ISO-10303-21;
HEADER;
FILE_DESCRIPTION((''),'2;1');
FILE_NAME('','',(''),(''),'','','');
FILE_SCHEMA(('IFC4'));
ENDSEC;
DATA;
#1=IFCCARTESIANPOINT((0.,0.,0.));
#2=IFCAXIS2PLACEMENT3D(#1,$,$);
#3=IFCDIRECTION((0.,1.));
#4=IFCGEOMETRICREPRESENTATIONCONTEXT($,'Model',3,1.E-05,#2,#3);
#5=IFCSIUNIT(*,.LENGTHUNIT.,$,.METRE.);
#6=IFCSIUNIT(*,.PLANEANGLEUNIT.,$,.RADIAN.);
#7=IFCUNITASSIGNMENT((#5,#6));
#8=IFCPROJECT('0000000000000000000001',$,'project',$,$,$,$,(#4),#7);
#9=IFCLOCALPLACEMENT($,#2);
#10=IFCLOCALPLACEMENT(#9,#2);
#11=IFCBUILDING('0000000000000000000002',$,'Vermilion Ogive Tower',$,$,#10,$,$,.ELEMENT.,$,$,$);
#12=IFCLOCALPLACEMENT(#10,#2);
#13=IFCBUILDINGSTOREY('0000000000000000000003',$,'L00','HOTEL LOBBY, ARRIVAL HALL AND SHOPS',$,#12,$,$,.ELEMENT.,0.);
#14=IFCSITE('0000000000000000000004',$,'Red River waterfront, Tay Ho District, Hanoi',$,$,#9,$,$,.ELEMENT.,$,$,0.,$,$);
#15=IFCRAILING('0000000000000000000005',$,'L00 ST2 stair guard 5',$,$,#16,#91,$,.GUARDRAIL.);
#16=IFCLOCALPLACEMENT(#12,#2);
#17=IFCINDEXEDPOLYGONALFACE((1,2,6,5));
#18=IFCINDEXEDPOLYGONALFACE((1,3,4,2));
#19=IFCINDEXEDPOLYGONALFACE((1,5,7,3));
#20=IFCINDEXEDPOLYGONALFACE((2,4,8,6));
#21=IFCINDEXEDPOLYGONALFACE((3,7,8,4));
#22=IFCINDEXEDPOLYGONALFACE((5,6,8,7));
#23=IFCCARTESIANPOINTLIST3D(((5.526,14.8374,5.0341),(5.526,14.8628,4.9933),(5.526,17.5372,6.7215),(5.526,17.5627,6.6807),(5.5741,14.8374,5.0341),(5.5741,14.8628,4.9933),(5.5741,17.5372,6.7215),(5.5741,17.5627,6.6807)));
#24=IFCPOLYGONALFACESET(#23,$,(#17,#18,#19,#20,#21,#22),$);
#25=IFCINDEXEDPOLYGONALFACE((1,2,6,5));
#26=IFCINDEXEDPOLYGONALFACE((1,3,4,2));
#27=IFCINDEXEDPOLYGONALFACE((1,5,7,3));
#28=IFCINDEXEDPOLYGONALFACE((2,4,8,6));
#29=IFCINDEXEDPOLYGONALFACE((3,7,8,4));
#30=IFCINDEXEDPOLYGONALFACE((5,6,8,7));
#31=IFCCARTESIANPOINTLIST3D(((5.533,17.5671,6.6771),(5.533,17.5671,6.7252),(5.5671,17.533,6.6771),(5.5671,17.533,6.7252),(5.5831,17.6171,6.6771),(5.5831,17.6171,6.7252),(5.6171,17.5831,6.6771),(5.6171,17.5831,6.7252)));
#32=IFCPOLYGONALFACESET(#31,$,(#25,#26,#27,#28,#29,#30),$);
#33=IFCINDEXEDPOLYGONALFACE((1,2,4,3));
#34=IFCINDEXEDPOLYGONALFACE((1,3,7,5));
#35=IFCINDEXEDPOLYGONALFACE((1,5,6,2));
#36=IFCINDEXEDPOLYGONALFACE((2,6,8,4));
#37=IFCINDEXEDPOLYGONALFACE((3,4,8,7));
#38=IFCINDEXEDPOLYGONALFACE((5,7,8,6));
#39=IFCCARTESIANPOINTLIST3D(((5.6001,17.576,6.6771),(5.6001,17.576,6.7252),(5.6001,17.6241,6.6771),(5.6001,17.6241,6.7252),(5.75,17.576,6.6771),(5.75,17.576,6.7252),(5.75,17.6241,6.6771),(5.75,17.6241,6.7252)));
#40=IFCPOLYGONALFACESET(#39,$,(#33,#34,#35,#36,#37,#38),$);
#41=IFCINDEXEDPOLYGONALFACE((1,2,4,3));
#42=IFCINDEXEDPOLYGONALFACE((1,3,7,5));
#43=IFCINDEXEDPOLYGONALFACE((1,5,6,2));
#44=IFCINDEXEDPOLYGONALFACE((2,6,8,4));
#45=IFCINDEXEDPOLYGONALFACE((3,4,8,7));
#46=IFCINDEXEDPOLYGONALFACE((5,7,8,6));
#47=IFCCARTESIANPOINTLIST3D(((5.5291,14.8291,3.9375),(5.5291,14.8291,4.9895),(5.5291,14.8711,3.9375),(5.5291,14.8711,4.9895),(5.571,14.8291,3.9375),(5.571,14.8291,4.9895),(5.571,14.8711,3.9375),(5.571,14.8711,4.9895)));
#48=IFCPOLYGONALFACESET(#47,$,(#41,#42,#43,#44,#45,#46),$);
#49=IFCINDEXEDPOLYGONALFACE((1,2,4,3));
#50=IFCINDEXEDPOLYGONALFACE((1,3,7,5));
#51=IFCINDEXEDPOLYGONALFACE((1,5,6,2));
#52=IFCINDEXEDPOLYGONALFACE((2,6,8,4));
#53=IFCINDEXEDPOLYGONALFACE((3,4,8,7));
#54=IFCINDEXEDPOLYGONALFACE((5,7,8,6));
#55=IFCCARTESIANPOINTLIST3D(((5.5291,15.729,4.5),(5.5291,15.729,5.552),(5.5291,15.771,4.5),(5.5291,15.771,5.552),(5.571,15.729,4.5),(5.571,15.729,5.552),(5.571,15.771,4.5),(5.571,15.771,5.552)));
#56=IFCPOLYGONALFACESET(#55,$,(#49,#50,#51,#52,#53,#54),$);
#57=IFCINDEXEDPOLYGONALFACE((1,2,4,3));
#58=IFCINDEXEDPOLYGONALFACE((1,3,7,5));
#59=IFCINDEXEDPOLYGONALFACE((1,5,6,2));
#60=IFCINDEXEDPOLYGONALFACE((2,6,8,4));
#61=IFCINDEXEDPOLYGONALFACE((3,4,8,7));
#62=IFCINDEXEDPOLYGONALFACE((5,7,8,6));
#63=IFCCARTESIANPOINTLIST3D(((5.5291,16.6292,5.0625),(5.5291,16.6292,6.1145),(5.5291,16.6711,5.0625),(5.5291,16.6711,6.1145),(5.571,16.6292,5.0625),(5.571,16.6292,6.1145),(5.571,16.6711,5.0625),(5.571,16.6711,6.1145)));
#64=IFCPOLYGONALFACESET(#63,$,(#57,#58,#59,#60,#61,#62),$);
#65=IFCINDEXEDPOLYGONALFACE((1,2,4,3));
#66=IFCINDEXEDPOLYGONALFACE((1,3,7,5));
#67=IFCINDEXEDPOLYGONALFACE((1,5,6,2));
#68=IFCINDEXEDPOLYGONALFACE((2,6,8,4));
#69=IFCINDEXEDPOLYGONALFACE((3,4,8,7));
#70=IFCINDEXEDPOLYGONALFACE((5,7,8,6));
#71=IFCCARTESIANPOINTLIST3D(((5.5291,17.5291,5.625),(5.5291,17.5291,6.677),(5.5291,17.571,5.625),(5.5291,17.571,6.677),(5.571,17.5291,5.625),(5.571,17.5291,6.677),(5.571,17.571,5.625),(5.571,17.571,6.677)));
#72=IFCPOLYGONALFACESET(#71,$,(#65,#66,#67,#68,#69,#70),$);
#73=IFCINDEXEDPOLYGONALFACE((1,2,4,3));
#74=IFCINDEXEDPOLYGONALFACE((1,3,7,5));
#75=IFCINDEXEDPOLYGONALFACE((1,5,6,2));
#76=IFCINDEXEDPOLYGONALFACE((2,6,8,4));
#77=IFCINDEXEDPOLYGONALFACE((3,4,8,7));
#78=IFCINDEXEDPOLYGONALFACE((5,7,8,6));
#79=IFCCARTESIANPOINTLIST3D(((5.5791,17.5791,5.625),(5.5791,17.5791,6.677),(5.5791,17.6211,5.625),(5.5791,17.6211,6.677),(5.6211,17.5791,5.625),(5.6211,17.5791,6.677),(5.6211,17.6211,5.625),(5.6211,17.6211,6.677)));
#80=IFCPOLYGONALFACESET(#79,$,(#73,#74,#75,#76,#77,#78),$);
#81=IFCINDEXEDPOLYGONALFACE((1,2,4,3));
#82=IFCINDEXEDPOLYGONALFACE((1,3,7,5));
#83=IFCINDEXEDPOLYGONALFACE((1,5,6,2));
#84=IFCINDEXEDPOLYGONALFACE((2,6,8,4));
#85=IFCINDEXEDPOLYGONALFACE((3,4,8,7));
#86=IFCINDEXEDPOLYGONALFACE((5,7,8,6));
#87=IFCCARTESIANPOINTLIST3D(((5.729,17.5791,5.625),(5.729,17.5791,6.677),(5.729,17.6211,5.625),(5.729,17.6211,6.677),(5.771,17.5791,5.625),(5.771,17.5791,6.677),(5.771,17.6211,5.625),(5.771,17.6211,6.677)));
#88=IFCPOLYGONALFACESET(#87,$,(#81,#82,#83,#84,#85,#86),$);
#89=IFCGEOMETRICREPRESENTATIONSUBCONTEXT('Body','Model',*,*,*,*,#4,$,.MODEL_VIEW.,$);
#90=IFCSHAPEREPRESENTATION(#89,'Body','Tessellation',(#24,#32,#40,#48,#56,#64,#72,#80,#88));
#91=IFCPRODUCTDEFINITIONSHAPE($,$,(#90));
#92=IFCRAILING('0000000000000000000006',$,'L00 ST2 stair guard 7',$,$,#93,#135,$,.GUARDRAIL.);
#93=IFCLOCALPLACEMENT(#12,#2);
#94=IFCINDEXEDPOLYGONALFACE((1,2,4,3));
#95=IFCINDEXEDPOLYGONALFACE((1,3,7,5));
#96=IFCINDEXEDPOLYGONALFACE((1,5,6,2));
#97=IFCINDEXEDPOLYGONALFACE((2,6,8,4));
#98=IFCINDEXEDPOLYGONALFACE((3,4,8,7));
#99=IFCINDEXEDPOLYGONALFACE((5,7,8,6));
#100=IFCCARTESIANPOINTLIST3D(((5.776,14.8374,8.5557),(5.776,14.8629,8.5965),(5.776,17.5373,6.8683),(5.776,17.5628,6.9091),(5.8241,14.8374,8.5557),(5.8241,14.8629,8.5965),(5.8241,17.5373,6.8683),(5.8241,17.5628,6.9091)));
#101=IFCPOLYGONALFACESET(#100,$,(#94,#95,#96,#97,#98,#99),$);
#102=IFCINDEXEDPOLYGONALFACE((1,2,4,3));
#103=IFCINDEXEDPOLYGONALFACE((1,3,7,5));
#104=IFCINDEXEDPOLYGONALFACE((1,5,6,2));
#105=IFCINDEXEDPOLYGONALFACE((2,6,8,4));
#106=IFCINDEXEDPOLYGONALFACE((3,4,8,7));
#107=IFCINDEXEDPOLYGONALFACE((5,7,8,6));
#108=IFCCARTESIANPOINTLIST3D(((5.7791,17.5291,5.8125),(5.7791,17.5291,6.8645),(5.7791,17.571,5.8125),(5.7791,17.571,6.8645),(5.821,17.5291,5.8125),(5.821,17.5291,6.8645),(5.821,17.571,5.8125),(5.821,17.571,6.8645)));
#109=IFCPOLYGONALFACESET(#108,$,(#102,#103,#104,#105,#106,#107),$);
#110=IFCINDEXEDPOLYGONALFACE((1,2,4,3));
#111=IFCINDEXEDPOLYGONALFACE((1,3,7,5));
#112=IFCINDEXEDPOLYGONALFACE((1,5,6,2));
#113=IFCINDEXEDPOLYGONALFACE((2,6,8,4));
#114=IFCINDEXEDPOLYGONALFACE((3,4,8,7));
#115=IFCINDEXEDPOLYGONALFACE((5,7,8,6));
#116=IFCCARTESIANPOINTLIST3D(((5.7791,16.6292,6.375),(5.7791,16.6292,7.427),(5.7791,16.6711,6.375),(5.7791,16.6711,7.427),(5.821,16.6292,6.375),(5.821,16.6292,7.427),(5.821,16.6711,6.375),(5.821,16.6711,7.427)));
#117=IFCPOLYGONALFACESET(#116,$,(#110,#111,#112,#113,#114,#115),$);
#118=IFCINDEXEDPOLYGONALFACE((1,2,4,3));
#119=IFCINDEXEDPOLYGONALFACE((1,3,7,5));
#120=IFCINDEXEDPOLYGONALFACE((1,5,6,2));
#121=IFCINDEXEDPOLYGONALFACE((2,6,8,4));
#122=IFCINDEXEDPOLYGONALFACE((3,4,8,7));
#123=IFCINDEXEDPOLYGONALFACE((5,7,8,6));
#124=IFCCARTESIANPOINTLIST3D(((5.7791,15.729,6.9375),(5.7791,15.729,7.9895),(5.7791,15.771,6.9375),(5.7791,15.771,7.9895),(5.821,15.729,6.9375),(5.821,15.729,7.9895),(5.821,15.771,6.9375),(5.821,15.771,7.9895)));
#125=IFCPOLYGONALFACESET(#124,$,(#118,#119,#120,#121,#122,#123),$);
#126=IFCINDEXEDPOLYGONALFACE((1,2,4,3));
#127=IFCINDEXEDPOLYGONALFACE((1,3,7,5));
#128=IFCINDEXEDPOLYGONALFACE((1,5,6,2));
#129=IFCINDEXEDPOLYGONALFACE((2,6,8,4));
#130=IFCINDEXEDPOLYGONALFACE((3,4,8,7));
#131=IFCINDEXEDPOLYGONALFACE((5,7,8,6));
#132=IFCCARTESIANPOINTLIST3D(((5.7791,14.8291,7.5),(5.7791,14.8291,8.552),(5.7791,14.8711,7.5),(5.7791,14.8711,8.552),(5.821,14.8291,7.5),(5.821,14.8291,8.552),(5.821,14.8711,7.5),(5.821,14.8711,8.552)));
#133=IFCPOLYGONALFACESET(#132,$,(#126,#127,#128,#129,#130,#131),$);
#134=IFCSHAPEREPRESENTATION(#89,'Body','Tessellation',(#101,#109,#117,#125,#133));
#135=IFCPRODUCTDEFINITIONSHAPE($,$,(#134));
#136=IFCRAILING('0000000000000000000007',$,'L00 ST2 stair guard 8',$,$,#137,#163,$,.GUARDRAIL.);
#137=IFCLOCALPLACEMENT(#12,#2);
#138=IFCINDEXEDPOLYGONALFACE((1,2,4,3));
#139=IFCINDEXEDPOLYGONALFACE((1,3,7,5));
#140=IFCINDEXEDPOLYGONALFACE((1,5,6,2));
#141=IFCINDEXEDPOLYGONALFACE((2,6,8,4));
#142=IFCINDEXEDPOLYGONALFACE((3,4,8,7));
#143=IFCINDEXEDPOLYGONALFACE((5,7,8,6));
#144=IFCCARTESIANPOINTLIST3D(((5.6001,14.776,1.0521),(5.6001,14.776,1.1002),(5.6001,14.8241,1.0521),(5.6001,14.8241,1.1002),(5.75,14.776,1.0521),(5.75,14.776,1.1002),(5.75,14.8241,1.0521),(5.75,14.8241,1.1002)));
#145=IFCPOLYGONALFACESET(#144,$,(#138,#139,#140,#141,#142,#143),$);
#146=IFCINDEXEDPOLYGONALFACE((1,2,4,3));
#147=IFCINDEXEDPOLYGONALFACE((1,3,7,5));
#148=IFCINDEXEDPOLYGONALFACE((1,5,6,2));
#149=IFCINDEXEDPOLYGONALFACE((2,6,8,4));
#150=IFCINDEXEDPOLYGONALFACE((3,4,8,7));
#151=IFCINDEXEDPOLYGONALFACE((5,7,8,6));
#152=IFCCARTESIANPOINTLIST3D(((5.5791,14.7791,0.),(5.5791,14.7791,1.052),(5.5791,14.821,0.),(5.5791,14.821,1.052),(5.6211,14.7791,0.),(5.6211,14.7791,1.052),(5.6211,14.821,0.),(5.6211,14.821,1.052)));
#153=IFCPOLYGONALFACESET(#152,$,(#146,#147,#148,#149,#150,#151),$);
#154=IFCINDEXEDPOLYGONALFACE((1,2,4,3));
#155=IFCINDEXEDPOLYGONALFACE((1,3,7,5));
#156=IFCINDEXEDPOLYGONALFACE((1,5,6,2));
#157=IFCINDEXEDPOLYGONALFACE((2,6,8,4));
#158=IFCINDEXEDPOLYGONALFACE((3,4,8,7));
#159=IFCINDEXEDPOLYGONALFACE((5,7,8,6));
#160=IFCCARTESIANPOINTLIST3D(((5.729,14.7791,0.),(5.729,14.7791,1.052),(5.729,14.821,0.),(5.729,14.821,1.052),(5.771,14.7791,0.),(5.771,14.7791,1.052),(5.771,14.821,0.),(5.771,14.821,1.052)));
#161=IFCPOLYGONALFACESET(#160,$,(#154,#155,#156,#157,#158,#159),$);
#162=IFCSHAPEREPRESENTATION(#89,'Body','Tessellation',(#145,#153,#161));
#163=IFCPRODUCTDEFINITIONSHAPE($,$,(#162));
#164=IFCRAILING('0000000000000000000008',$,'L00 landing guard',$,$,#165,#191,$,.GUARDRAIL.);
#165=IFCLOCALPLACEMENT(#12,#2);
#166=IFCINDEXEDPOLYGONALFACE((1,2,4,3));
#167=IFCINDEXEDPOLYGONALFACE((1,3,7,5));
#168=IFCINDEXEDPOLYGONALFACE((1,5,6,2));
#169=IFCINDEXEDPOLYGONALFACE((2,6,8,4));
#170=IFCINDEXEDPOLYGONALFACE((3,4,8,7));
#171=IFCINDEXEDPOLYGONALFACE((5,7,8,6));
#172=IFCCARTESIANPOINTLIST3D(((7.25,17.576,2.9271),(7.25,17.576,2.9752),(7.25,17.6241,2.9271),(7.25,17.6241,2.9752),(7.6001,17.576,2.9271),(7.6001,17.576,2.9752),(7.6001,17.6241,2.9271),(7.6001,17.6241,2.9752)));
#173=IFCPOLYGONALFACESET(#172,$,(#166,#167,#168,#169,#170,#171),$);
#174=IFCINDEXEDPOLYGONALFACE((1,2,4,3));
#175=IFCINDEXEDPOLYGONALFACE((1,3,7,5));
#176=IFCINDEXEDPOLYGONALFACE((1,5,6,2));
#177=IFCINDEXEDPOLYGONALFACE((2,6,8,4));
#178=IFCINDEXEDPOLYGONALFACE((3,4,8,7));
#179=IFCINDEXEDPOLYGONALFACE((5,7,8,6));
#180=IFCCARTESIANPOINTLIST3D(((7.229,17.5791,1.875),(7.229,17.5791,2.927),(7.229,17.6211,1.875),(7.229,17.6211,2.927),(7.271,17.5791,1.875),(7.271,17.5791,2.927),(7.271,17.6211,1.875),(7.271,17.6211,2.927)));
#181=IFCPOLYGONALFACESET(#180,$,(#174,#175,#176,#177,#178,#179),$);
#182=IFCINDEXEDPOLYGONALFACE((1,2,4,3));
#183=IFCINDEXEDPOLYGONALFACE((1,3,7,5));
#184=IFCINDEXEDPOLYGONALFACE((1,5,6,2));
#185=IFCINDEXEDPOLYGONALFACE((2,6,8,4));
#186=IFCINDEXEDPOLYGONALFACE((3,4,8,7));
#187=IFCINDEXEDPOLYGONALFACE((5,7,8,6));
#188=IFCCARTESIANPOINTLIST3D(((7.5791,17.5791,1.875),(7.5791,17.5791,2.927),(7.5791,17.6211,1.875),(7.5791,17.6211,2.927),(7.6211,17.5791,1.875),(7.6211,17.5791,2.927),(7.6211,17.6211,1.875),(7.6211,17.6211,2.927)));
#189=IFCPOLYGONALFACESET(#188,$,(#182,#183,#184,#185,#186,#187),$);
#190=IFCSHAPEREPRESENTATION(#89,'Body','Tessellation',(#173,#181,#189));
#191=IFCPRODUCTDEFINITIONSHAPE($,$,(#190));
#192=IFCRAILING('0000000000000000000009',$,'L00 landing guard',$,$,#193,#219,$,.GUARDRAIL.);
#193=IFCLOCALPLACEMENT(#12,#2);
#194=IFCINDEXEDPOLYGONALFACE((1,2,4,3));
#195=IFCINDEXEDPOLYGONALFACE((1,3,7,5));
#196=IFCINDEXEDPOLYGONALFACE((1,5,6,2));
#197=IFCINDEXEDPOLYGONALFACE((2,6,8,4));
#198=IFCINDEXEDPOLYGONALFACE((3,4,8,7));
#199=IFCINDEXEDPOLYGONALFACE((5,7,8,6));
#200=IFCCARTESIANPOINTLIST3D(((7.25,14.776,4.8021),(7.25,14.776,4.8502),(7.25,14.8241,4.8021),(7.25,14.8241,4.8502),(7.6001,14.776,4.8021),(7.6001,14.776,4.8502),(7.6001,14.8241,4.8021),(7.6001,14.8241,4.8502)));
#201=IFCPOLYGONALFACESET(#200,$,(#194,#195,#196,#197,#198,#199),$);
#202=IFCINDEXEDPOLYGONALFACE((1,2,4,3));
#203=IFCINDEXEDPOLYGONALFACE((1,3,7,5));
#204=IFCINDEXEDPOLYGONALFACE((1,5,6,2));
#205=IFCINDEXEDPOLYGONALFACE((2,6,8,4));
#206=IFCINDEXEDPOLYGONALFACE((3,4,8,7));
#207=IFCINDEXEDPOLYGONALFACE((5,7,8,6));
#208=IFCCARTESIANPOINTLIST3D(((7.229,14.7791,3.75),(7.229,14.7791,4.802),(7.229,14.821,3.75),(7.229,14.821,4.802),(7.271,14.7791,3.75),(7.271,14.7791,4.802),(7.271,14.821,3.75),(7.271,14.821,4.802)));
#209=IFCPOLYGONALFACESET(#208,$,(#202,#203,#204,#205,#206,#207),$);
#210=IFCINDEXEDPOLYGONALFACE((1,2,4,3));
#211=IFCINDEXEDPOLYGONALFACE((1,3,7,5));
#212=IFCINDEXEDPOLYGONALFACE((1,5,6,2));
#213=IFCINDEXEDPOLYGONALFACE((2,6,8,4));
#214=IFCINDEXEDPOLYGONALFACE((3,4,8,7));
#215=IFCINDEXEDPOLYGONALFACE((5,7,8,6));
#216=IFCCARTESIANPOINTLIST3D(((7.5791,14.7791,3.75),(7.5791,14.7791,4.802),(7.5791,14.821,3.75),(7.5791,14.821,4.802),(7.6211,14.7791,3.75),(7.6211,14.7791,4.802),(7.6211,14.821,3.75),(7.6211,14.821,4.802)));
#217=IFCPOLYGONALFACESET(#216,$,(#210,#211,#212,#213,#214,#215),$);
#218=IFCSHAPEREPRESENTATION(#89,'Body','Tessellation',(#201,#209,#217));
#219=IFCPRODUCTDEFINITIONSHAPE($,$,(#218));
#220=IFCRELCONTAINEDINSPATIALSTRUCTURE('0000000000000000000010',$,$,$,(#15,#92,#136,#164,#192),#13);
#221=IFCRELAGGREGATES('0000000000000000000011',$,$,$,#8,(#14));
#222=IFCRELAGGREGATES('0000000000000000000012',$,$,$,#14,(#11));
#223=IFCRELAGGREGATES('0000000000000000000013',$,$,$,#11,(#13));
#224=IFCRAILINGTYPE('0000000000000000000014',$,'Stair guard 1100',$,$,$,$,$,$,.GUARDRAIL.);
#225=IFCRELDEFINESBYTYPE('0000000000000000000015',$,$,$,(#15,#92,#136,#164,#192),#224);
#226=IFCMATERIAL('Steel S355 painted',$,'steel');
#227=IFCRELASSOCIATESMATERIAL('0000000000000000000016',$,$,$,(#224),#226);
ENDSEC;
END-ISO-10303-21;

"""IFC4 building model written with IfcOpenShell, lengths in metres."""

from ifc_helpers import new_model, si_unit, direction, frame, origin, origin_2d, place, context, subcontext, project, spatial, rectangle, extrude, material, type_object, element, save


model = new_model("IFC4")

# Units and contexts
model_context = context("Model", 3, precision=1e-05, world=origin(), true_north=direction((0.0, 1.0)))
body_context = subcontext(model_context, "Body", "Model", "MODEL_VIEW")
ifc_project = project(units=[si_unit("LENGTHUNIT", "METRE"), si_unit("PLANEANGLEUNIT", "RADIAN")], contexts=[model_context])

# Site, building, storey
site_placement = place(None, origin())
site = spatial("IfcSite", under=ifc_project, at=site_placement, Name="Red River waterfront, Tay Ho District, Hanoi", CompositionType="ELEMENT", RefElevation=0.0)
building_placement = place(site_placement, origin())
building = spatial("IfcBuilding", under=site, at=building_placement, Name="Vermilion Ogive Tower", CompositionType="ELEMENT")
storey_placement = place(building_placement, origin())
storey = spatial("IfcBuildingStorey", under=building, at=storey_placement, Name="L00", Description="HOTEL LOBBY, ARRIVAL HALL AND SHOPS", CompositionType="ELEMENT", Elevation=0.0)

# Railings
ifc_material_1 = material(Name="Steel S355 painted", Category="steel")
railing_type_1 = type_object("IfcRailingType", Name="Stair guard 1100", PredefinedType="GUARDRAIL", material=ifc_material_1)
railing_1_placement = place(storey_placement, frame((5.55, 14.8501, 3.9375)))
element("IfcRailing", 1, at=railing_1_placement, inside=storey, type_object=railing_type_1, Name="L00 ST2 stair guard 5", PredefinedType="GUARDRAIL", context=body_context, shape_type="SweptSolid", body=[
    extrude(rectangle(XDim=0.0481, YDim=0.0481, at=origin_2d()), frame((0.0, 0.0, 1.0762), z_axis=(0.0, 0.847994, 0.530006), x_axis=(-1.0, 0.0, 0.0)), (0.0, 0.0, 1.0), 3.1838),
    extrude(rectangle(XDim=0.0481, YDim=0.0481, at=origin_2d()), frame((0.0, 2.7, 2.7637), z_axis=(0.707107, 0.707107, 0.0), x_axis=(-0.707107, 0.707107, 0.0)), (0.0, 0.0, 1.0), 0.0708),
    extrude(rectangle(XDim=0.0481, YDim=0.0481, at=origin_2d()), frame((0.05, 2.75, 2.7637), z_axis=(1.0, 0.0, 0.0), x_axis=(0.0, 1.0, 0.0)), (0.0, 0.0, 1.0), 0.1499),
    extrude(rectangle(XDim=0.042, YDim=0.042, at=origin_2d()), origin(), (0.0, 0.0, 1.0), 1.052),
    extrude(rectangle(XDim=0.042, YDim=0.042, at=origin_2d()), frame((0.0, 0.8999, 0.5625)), (0.0, 0.0, 1.0), 1.052),
    extrude(rectangle(XDim=0.042, YDim=0.042, at=origin_2d()), frame((0.0, 1.8, 1.125)), (0.0, 0.0, 1.0), 1.052),
    extrude(rectangle(XDim=0.042, YDim=0.042, at=origin_2d()), frame((0.0, 2.7, 1.6875)), (0.0, 0.0, 1.0), 1.052),
    extrude(rectangle(XDim=0.042, YDim=0.042, at=origin_2d()), frame((0.05, 2.75, 1.6875)), (0.0, 0.0, 1.0), 1.052),
    extrude(rectangle(XDim=0.042, YDim=0.042, at=origin_2d()), frame((0.2, 2.75, 1.6875)), (0.0, 0.0, 1.0), 1.052),
])
railing_2_placement = place(storey_placement, frame((5.8, 17.55, 5.8125)))
element("IfcRailing", 2, at=railing_2_placement, inside=storey, type_object=railing_type_1, Name="L00 ST2 stair guard 7", PredefinedType="GUARDRAIL", context=body_context, shape_type="SweptSolid", body=[
    extrude(rectangle(XDim=0.0481, YDim=0.0481, at=origin_2d()), frame((0.0, 0.0, 1.0762), z_axis=(0.0, -0.847994, 0.530006), x_axis=(1.0, 0.0, 0.0)), (0.0, 0.0, 1.0), 3.1838),
    extrude(rectangle(XDim=0.042, YDim=0.042, at=origin_2d()), origin(), (0.0, 0.0, 1.0), 1.052),
    extrude(rectangle(XDim=0.042, YDim=0.042, at=origin_2d()), frame((0.0, -0.8999, 0.5625)), (0.0, 0.0, 1.0), 1.052),
    extrude(rectangle(XDim=0.042, YDim=0.042, at=origin_2d()), frame((0.0, -1.8, 1.125)), (0.0, 0.0, 1.0), 1.052),
    extrude(rectangle(XDim=0.042, YDim=0.042, at=origin_2d()), frame((0.0, -2.7, 1.6875)), (0.0, 0.0, 1.0), 1.052),
])
railing_3_placement = place(storey_placement, frame((5.6001, 14.8, 0.0)))
element("IfcRailing", 3, at=railing_3_placement, inside=storey, type_object=railing_type_1, Name="L00 ST2 stair guard 8", PredefinedType="GUARDRAIL", context=body_context, shape_type="SweptSolid", body=[
    extrude(rectangle(XDim=0.0481, YDim=0.0481, at=origin_2d()), frame((0.0, 0.0, 1.0762), z_axis=(1.0, 0.0, 0.0), x_axis=(0.0, 1.0, 0.0)), (0.0, 0.0, 1.0), 0.1499),
    extrude(rectangle(XDim=0.042, YDim=0.042, at=origin_2d()), origin(), (0.0, 0.0, 1.0), 1.052),
    extrude(rectangle(XDim=0.042, YDim=0.042, at=origin_2d()), frame((0.1499, 0.0, 0.0)), (0.0, 0.0, 1.0), 1.052),
])
for number, where, name in (
    (4, (7.25, 17.6001, 1.875), "L00 landing guard"),
    (5, (7.25, 14.8, 3.75), "L00 landing guard"),
):
    element("IfcRailing", number, at=place(storey_placement, frame(where)), inside=storey, type_object=railing_type_1, Name=name, PredefinedType="GUARDRAIL", context=body_context, shape_type="SweptSolid", body=[
        extrude(rectangle(XDim=0.0481, YDim=0.0481, at=origin_2d()), frame((0.0, 0.0, 1.0762), z_axis=(1.0, 0.0, 0.0), x_axis=(0.0, 1.0, 0.0)), (0.0, 0.0, 1.0), 0.3501),
        extrude(rectangle(XDim=0.042, YDim=0.042, at=origin_2d()), origin(), (0.0, 0.0, 1.0), 1.052),
        extrude(rectangle(XDim=0.042, YDim=0.042, at=origin_2d()), frame((0.3501, 0.0, 0.0)), (0.0, 0.0, 1.0), 1.052),
    ])

save(model, "model.ifc")
